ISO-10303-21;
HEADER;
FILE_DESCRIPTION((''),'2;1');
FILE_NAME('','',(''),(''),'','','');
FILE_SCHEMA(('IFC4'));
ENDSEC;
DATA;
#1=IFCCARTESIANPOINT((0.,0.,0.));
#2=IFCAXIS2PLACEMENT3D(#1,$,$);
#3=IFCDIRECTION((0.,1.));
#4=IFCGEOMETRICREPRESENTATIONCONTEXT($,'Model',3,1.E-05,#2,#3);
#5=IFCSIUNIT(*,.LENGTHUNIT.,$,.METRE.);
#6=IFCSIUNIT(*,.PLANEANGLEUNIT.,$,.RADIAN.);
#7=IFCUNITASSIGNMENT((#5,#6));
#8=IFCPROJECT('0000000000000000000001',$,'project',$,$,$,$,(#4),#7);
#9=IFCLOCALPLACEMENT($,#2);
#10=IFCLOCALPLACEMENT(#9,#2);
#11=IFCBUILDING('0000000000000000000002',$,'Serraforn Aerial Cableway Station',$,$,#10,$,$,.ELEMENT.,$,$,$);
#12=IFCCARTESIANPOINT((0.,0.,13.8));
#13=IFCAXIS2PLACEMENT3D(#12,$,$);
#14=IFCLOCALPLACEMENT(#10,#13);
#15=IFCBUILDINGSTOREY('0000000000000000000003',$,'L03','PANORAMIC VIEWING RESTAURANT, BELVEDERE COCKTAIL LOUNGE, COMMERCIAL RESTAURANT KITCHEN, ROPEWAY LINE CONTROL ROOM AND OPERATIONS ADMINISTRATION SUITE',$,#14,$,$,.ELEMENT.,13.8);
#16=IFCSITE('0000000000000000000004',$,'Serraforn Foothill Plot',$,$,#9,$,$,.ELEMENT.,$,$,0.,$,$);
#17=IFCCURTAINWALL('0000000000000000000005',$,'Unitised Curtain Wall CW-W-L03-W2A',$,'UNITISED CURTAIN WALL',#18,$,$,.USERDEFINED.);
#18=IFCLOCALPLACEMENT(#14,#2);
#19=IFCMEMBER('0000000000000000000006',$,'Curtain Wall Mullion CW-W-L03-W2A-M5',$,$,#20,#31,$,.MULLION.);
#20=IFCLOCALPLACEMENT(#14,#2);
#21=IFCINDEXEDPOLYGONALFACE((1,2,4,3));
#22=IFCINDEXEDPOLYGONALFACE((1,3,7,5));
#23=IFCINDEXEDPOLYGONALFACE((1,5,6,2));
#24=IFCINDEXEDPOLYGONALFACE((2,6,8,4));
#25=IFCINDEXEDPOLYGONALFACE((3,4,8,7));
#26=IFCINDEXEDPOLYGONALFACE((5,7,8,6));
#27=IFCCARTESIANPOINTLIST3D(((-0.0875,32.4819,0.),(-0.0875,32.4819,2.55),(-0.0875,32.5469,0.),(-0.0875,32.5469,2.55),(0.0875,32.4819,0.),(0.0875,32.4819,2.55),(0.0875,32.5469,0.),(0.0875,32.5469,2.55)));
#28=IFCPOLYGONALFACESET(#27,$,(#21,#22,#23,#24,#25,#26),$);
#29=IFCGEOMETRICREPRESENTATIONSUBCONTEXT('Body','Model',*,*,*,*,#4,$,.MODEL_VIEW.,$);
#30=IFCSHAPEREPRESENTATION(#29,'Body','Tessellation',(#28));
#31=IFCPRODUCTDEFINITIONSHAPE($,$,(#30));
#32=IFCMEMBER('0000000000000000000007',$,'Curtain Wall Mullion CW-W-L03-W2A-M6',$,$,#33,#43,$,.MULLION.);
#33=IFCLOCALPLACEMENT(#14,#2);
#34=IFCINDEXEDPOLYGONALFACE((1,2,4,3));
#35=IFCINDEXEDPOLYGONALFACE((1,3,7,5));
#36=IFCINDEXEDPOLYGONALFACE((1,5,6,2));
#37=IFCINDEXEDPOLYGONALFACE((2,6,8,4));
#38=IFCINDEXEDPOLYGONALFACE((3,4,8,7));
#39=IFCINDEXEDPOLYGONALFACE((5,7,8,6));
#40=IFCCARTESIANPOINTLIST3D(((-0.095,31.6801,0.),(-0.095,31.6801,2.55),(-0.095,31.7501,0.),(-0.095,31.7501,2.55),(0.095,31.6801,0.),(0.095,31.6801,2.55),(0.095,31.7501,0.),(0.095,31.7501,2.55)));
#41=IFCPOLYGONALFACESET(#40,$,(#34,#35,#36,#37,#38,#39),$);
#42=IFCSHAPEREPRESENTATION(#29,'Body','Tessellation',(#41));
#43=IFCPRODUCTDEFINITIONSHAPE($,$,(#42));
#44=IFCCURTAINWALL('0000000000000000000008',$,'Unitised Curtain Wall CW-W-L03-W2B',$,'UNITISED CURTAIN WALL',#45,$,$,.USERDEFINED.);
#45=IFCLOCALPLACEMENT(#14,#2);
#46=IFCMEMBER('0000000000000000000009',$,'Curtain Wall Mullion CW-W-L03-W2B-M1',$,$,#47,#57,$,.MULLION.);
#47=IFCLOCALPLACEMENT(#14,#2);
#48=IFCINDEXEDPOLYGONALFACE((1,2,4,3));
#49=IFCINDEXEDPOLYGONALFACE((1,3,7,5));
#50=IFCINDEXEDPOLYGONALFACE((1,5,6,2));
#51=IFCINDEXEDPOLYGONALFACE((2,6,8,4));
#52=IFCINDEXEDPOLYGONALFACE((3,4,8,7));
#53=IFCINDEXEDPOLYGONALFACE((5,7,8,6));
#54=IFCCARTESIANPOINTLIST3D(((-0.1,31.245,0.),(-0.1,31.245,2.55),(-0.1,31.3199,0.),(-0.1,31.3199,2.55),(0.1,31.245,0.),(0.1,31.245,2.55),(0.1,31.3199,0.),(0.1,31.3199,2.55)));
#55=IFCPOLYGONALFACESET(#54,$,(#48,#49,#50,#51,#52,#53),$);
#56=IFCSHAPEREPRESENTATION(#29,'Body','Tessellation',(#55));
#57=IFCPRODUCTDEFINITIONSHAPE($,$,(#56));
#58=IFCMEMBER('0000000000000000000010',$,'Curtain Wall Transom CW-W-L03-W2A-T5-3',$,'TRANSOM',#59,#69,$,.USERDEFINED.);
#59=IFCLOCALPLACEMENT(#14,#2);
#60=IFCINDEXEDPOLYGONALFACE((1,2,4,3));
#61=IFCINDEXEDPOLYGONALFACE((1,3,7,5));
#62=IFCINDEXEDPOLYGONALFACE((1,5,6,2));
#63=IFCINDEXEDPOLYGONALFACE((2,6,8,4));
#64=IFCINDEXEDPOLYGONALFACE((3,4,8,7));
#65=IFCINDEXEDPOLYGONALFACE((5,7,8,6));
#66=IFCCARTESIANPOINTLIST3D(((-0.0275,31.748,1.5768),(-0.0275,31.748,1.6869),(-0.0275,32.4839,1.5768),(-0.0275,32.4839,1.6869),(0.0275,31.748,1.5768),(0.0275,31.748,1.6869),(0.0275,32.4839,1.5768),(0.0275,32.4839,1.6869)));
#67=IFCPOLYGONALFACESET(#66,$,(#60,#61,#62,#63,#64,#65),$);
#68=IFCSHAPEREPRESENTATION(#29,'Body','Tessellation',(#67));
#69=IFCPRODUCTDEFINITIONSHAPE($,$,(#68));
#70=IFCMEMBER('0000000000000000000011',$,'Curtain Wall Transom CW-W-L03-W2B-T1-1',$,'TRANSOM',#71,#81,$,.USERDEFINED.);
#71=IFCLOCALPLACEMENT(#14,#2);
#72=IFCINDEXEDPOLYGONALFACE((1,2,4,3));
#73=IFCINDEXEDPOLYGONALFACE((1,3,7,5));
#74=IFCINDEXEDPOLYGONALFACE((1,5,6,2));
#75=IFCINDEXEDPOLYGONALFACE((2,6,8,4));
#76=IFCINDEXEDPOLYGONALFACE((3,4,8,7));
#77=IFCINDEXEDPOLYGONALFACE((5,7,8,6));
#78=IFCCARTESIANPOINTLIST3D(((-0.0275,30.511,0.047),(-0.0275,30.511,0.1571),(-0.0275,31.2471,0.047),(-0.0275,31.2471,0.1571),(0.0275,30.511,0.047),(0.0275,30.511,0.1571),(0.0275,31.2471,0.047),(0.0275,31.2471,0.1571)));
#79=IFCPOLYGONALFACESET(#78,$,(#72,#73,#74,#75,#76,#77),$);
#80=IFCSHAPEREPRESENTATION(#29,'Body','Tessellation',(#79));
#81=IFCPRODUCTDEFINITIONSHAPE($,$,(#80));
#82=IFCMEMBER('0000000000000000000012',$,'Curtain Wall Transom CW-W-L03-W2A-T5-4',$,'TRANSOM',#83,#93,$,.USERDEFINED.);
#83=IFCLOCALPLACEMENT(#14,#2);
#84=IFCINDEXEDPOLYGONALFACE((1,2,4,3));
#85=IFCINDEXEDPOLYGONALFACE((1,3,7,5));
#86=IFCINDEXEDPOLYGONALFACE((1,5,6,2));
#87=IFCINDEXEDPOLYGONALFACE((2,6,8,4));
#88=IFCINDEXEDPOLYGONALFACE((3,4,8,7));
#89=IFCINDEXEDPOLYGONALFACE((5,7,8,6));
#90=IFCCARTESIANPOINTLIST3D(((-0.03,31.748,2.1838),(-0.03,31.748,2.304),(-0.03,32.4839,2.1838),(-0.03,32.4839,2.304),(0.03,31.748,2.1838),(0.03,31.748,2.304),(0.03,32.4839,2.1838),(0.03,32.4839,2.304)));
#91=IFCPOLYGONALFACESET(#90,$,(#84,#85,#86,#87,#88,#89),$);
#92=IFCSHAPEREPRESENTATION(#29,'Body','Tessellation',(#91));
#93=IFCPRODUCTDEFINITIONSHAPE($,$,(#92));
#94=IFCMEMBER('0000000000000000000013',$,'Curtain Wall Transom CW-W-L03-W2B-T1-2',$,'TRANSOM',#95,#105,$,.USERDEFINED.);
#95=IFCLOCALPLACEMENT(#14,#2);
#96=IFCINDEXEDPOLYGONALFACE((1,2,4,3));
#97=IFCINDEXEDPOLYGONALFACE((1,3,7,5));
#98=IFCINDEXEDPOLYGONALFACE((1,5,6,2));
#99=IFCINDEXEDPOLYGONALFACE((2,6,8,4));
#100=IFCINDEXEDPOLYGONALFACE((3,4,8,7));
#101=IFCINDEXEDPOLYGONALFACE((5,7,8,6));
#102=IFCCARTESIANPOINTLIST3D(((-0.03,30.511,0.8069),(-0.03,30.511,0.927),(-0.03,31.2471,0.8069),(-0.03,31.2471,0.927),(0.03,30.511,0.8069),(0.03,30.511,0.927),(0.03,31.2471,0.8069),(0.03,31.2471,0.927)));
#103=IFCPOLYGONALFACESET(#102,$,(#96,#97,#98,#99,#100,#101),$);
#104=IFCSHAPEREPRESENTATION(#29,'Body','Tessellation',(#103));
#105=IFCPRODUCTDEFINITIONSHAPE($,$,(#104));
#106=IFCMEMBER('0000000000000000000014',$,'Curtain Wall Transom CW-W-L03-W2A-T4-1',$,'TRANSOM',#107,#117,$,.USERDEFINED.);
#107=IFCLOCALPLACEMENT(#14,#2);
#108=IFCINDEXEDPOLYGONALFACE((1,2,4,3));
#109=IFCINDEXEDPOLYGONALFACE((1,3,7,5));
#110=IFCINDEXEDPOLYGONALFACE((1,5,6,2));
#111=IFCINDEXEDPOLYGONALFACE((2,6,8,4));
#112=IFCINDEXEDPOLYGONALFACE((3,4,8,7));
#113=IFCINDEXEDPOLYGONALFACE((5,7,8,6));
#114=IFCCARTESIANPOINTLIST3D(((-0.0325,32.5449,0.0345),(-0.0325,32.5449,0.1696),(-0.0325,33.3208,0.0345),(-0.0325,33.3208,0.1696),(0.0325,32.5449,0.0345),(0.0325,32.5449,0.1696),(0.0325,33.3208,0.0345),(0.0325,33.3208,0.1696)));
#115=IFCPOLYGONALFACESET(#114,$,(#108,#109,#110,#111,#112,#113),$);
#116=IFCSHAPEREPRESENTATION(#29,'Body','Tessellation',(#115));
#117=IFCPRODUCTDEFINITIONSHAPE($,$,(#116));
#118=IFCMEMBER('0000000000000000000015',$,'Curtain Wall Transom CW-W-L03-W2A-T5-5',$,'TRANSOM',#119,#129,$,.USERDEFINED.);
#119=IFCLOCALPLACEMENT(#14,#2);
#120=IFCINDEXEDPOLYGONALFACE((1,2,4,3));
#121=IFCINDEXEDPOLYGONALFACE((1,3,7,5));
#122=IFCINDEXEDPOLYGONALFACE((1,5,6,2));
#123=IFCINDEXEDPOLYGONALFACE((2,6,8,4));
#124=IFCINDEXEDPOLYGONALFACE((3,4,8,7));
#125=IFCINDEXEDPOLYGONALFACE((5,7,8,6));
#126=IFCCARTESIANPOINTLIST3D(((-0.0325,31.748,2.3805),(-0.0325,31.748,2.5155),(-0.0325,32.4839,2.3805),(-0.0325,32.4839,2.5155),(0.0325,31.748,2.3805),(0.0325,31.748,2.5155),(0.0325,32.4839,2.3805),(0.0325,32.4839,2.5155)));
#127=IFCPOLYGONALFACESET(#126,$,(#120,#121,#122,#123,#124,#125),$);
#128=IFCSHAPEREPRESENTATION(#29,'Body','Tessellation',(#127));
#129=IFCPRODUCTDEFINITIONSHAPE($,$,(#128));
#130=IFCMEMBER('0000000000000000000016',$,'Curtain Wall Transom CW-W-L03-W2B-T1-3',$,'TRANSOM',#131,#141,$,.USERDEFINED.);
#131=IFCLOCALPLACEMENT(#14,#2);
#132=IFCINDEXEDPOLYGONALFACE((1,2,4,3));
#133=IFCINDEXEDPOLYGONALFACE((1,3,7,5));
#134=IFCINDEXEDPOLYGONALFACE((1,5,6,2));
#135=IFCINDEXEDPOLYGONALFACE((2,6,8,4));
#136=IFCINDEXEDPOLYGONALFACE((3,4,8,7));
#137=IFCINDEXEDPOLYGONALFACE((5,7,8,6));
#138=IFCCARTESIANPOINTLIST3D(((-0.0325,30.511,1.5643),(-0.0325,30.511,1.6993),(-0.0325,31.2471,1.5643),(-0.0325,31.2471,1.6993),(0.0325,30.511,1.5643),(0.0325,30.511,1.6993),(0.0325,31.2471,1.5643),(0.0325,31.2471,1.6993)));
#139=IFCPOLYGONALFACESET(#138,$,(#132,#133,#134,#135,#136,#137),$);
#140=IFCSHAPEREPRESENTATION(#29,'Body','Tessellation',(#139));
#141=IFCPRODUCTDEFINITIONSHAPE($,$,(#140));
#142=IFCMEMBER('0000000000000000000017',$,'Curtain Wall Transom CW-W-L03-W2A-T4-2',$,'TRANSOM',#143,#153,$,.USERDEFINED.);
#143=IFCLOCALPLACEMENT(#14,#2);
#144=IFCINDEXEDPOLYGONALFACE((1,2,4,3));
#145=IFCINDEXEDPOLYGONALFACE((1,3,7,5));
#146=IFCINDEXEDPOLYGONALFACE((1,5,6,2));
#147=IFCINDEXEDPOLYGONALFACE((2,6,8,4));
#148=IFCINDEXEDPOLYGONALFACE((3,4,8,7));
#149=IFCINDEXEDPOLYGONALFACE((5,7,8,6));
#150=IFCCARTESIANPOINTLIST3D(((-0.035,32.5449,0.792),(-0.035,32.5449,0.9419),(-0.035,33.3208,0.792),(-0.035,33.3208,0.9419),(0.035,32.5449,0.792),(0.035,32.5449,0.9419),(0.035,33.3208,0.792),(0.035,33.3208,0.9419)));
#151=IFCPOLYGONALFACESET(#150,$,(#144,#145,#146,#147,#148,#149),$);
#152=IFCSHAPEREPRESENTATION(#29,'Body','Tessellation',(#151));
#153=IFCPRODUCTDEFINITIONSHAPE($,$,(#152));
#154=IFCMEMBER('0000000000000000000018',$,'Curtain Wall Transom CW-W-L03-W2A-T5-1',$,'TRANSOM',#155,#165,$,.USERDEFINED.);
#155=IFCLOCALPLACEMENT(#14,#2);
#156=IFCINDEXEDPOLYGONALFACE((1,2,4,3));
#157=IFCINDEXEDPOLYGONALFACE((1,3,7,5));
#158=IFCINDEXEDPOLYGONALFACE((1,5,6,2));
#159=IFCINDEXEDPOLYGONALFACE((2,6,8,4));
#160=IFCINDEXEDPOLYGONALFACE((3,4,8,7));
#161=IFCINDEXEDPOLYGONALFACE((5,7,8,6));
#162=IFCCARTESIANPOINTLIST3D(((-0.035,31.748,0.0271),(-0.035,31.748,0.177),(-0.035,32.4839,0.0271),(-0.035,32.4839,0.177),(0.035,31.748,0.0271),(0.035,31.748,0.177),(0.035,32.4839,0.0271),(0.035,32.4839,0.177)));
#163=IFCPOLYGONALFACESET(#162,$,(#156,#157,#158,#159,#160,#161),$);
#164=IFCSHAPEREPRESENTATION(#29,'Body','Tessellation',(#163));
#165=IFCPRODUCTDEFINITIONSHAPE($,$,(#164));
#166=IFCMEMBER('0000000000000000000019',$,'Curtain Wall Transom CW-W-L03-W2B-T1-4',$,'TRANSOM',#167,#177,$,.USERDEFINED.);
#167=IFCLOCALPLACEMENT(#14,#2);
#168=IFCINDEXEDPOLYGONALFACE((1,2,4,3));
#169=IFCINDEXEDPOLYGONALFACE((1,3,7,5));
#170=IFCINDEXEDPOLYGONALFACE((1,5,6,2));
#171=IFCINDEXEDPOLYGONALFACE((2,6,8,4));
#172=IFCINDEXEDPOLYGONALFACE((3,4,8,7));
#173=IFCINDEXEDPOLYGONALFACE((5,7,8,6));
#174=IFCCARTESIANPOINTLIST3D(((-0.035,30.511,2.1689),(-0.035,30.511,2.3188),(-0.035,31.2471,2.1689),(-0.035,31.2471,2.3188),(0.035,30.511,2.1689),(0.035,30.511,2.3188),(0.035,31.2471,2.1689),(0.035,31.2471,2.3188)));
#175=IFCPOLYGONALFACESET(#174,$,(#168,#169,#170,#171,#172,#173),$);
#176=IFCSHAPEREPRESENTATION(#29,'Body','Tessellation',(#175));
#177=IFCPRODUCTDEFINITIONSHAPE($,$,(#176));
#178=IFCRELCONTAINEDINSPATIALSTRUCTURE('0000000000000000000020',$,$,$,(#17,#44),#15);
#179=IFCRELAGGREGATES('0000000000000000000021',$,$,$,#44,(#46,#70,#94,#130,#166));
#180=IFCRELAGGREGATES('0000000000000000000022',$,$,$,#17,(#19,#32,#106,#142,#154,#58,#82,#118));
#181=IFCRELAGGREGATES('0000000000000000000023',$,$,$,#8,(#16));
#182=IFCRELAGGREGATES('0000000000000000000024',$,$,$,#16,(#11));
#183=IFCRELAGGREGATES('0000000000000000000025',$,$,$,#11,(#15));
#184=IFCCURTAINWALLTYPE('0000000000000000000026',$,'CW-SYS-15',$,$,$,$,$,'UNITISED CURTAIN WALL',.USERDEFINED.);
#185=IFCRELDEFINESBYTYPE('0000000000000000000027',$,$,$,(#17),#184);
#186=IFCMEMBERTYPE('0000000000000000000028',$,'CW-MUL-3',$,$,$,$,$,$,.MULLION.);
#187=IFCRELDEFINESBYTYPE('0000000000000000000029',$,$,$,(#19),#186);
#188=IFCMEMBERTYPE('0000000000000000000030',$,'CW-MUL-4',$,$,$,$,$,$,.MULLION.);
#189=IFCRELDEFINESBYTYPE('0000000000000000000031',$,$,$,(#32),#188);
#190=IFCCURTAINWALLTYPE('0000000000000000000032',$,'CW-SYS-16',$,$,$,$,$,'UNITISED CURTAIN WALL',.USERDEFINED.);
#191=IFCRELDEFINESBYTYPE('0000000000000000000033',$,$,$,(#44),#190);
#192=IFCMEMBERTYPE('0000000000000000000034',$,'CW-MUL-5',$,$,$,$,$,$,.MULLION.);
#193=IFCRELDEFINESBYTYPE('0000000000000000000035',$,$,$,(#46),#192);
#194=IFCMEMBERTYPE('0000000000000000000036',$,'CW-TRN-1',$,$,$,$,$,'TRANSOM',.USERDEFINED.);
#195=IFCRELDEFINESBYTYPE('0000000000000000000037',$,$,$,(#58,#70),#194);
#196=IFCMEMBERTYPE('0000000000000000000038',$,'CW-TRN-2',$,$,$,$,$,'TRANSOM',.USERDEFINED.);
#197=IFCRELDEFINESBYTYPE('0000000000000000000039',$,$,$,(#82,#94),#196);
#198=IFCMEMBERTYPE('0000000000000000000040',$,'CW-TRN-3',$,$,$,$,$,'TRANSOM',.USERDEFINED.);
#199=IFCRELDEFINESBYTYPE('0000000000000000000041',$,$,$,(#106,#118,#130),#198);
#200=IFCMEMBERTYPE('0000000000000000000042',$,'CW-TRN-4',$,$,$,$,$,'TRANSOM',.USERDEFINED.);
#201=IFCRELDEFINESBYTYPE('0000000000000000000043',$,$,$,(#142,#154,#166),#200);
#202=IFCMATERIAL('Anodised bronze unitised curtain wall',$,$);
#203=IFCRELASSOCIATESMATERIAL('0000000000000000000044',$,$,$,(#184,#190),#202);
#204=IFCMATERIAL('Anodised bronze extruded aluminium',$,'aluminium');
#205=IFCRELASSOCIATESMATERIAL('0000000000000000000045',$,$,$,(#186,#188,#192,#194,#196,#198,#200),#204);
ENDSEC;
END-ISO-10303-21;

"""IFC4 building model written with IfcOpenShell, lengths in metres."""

from ifc_helpers import new_model, si_unit, direction, frame, origin, origin_2d, place, context, subcontext, project, spatial, rectangle, extrude, material, material_profile, profile_set, type_object, element, aggregate, save


model = new_model("IFC4")

# Units and contexts
model_context = context("Model", 3, precision=1e-05, world=origin(), true_north=direction((0.0, 1.0)))
body_context = subcontext(model_context, "Body", "Model", "MODEL_VIEW")
ifc_project = project(units=[si_unit("LENGTHUNIT", "METRE"), si_unit("PLANEANGLEUNIT", "RADIAN")], contexts=[model_context])

# Site, building, storey
site_placement = place(None, origin())
site = spatial("IfcSite", under=ifc_project, at=site_placement, Name="Serraforn Foothill Plot", CompositionType="ELEMENT", RefElevation=0.0)
building_placement = place(site_placement, origin())
building = spatial("IfcBuilding", under=site, at=building_placement, Name="Serraforn Aerial Cableway Station", CompositionType="ELEMENT")
storey_placement = place(building_placement, frame((0.0, 0.0, 13.8)))
storey = spatial("IfcBuildingStorey", under=building, at=storey_placement, Name="L03", Description="PANORAMIC VIEWING RESTAURANT, BELVEDERE COCKTAIL LOUNGE, COMMERCIAL RESTAURANT KITCHEN, ROPEWAY LINE CONTROL ROOM AND OPERATIONS ADMINISTRATION SUITE", CompositionType="ELEMENT", Elevation=13.8)

# Curtain wall, members
ifc_material_1 = material(Name="Anodised bronze unitised curtain wall")
curtain_wall_type_1 = type_object("IfcCurtainWallType", Name="CW-SYS-15", ElementType="UNITISED CURTAIN WALL", PredefinedType="USERDEFINED", material=ifc_material_1)
curtain_wall_1_placement = place(storey_placement, origin())
curtain_wall_1 = element("IfcCurtainWall", 1, at=curtain_wall_1_placement, inside=storey, type_object=curtain_wall_type_1, Name="Unitised Curtain Wall CW-W-L03-W2A", ObjectType="UNITISED CURTAIN WALL", PredefinedType="USERDEFINED")
ifc_material_2 = material(Name="Anodised bronze extruded aluminium", Category="aluminium")
ifc_material_profile_1 = material_profile(ifc_material_2, rectangle(XDim=0.0649, YDim=0.175, at=origin_2d()), Name="CW MULLION 65x175")
ifc_profile_set_1 = profile_set([ifc_material_profile_1], Name="Anodised bronze extruded aluminium")
member_type_1 = type_object("IfcMemberType", Name="CW-MUL-3", PredefinedType="MULLION", material=ifc_profile_set_1)
member_1_placement = place(storey_placement, frame((0.0, 32.5144, 0.0), z_axis=(0.0, 0.0, 1.0), x_axis=(0.0, -1.0, 0.0)))
member_1 = element("IfcMember", 2, at=member_1_placement, type_object=member_type_1, Name="Curtain Wall Mullion CW-W-L03-W2A-M5", PredefinedType="MULLION", context=body_context, shape_type="SweptSolid", body=[
    extrude(rectangle(XDim=0.0649, YDim=0.175, at=origin_2d()), origin(), (0.0, 0.0, 1.0), 2.55),
])
ifc_material_profile_2 = material_profile(ifc_material_2, rectangle(XDim=0.0701, YDim=0.1899, at=origin_2d()), Name="CW MULLION 70x190")
ifc_profile_set_2 = profile_set([ifc_material_profile_2], Name="Anodised bronze extruded aluminium")
member_type_2 = type_object("IfcMemberType", Name="CW-MUL-4", PredefinedType="MULLION", material=ifc_profile_set_2)
member_2_placement = place(storey_placement, frame((0.0, 31.7151, 0.0), z_axis=(0.0, 0.0, 1.0), x_axis=(0.0, -1.0, 0.0)))
member_2 = element("IfcMember", 3, at=member_2_placement, type_object=member_type_2, Name="Curtain Wall Mullion CW-W-L03-W2A-M6", PredefinedType="MULLION", context=body_context, shape_type="SweptSolid", body=[
    extrude(rectangle(XDim=0.0701, YDim=0.1899, at=origin_2d()), origin(), (0.0, 0.0, 1.0), 2.55),
])

# Curtain wall, member
curtain_wall_type_2 = type_object("IfcCurtainWallType", Name="CW-SYS-16", ElementType="UNITISED CURTAIN WALL", PredefinedType="USERDEFINED", material=ifc_material_1)
curtain_wall_2_placement = place(storey_placement, origin())
curtain_wall_2 = element("IfcCurtainWall", 4, at=curtain_wall_2_placement, inside=storey, type_object=curtain_wall_type_2, Name="Unitised Curtain Wall CW-W-L03-W2B", ObjectType="UNITISED CURTAIN WALL", PredefinedType="USERDEFINED")
ifc_material_profile_3 = material_profile(ifc_material_2, rectangle(XDim=0.075, YDim=0.2, at=origin_2d()), Name="CW MULLION 75x200")
ifc_profile_set_3 = profile_set([ifc_material_profile_3], Name="Anodised bronze extruded aluminium")
member_type_3 = type_object("IfcMemberType", Name="CW-MUL-5", PredefinedType="MULLION", material=ifc_profile_set_3)
member_3_placement = place(storey_placement, frame((0.0, 31.2825, 0.0), z_axis=(0.0, 0.0, 1.0), x_axis=(0.0, -1.0, 0.0)))
member_3 = element("IfcMember", 5, at=member_3_placement, type_object=member_type_3, Name="Curtain Wall Mullion CW-W-L03-W2B-M1", PredefinedType="MULLION", context=body_context, shape_type="SweptSolid", body=[
    extrude(rectangle(XDim=0.075, YDim=0.2, at=origin_2d()), origin(), (0.0, 0.0, 1.0), 2.55),
])

# Members
ifc_material_profile_4 = material_profile(ifc_material_2, rectangle(XDim=0.0549, YDim=0.1101, at=origin_2d()), Name="CW TRANSOM 55x110")
ifc_profile_set_4 = profile_set([ifc_material_profile_4], Name="Anodised bronze extruded aluminium")
member_type_4 = type_object("IfcMemberType", Name="CW-TRN-1", ElementType="TRANSOM", PredefinedType="USERDEFINED", material=ifc_profile_set_4)
member_4_placement = place(storey_placement, frame((0.0, 32.4839, 1.6318), z_axis=(0.0, -1.0, 0.0), x_axis=(1.0, 0.0, 0.0)))
member_4 = element("IfcMember", 6, at=member_4_placement, type_object=member_type_4, Name="Curtain Wall Transom CW-W-L03-W2A-T5-3", ObjectType="TRANSOM", PredefinedType="USERDEFINED", context=body_context, shape_type="SweptSolid", body=[
    extrude(rectangle(XDim=0.0549, YDim=0.1101, at=origin_2d()), origin(), (0.0, 0.0, 1.0), 0.7358),
])
member_5_placement = place(storey_placement, frame((0.0, 31.2471, 0.1021), z_axis=(0.0, -1.0, 0.0), x_axis=(1.0, 0.0, 0.0)))
member_5 = element("IfcMember", 7, at=member_5_placement, type_object=member_type_4, Name="Curtain Wall Transom CW-W-L03-W2B-T1-1", ObjectType="TRANSOM", PredefinedType="USERDEFINED", context=body_context, shape_type="SweptSolid", body=[
    extrude(rectangle(XDim=0.0549, YDim=0.1101, at=origin_2d()), origin(), (0.0, 0.0, 1.0), 0.7361),
])
ifc_material_profile_5 = material_profile(ifc_material_2, rectangle(XDim=0.0601, YDim=0.1201, at=origin_2d()), Name="CW TRANSOM 60x120")
ifc_profile_set_5 = profile_set([ifc_material_profile_5], Name="Anodised bronze extruded aluminium")
member_type_5 = type_object("IfcMemberType", Name="CW-TRN-2", ElementType="TRANSOM", PredefinedType="USERDEFINED", material=ifc_profile_set_5)
member_6_placement = place(storey_placement, frame((0.0, 32.4839, 2.2439), z_axis=(0.0, -1.0, 0.0), x_axis=(1.0, 0.0, 0.0)))
member_6 = element("IfcMember", 8, at=member_6_placement, type_object=member_type_5, Name="Curtain Wall Transom CW-W-L03-W2A-T5-4", ObjectType="TRANSOM", PredefinedType="USERDEFINED", context=body_context, shape_type="SweptSolid", body=[
    extrude(rectangle(XDim=0.0601, YDim=0.1201, at=origin_2d()), origin(), (0.0, 0.0, 1.0), 0.7358),
])
member_7_placement = place(storey_placement, frame((0.0, 31.2471, 0.8669), z_axis=(0.0, -1.0, 0.0), x_axis=(1.0, 0.0, 0.0)))
member_7 = element("IfcMember", 9, at=member_7_placement, type_object=member_type_5, Name="Curtain Wall Transom CW-W-L03-W2B-T1-2", ObjectType="TRANSOM", PredefinedType="USERDEFINED", context=body_context, shape_type="SweptSolid", body=[
    extrude(rectangle(XDim=0.0601, YDim=0.1201, at=origin_2d()), origin(), (0.0, 0.0, 1.0), 0.7361),
])
ifc_material_profile_6 = material_profile(ifc_material_2, rectangle(XDim=0.0649, YDim=0.135, at=origin_2d()), Name="CW TRANSOM 65x135")
ifc_profile_set_6 = profile_set([ifc_material_profile_6], Name="Anodised bronze extruded aluminium")
member_type_6 = type_object("IfcMemberType", Name="CW-TRN-3", ElementType="TRANSOM", PredefinedType="USERDEFINED", material=ifc_profile_set_6)
member_8_placement = place(storey_placement, frame((0.0, 33.3208, 0.1021), z_axis=(0.0, -1.0, 0.0), x_axis=(1.0, 0.0, 0.0)))
member_8 = element("IfcMember", 10, at=member_8_placement, type_object=member_type_6, Name="Curtain Wall Transom CW-W-L03-W2A-T4-1", ObjectType="TRANSOM", PredefinedType="USERDEFINED", context=body_context, shape_type="SweptSolid", body=[
    extrude(rectangle(XDim=0.0649, YDim=0.135, at=origin_2d()), origin(), (0.0, 0.0, 1.0), 0.7759),
])
member_9_placement = place(storey_placement, frame((0.0, 32.4839, 2.448), z_axis=(0.0, -1.0, 0.0), x_axis=(1.0, 0.0, 0.0)))
member_9 = element("IfcMember", 11, at=member_9_placement, type_object=member_type_6, Name="Curtain Wall Transom CW-W-L03-W2A-T5-5", ObjectType="TRANSOM", PredefinedType="USERDEFINED", context=body_context, shape_type="SweptSolid", body=[
    extrude(rectangle(XDim=0.0649, YDim=0.135, at=origin_2d()), origin(), (0.0, 0.0, 1.0), 0.7358),
])
member_10_placement = place(storey_placement, frame((0.0, 31.2471, 1.6318), z_axis=(0.0, -1.0, 0.0), x_axis=(1.0, 0.0, 0.0)))
member_10 = element("IfcMember", 12, at=member_10_placement, type_object=member_type_6, Name="Curtain Wall Transom CW-W-L03-W2B-T1-3", ObjectType="TRANSOM", PredefinedType="USERDEFINED", context=body_context, shape_type="SweptSolid", body=[
    extrude(rectangle(XDim=0.0649, YDim=0.135, at=origin_2d()), origin(), (0.0, 0.0, 1.0), 0.7361),
])
ifc_material_profile_7 = material_profile(ifc_material_2, rectangle(XDim=0.0701, YDim=0.1499, at=origin_2d()), Name="CW TRANSOM 70x150")
ifc_profile_set_7 = profile_set([ifc_material_profile_7], Name="Anodised bronze extruded aluminium")
member_type_7 = type_object("IfcMemberType", Name="CW-TRN-4", ElementType="TRANSOM", PredefinedType="USERDEFINED", material=ifc_profile_set_7)
member_11_placement = place(storey_placement, frame((0.0, 33.3208, 0.8669), z_axis=(0.0, -1.0, 0.0), x_axis=(1.0, 0.0, 0.0)))
member_11 = element("IfcMember", 13, at=member_11_placement, type_object=member_type_7, Name="Curtain Wall Transom CW-W-L03-W2A-T4-2", ObjectType="TRANSOM", PredefinedType="USERDEFINED", context=body_context, shape_type="SweptSolid", body=[
    extrude(rectangle(XDim=0.0701, YDim=0.1499, at=origin_2d()), origin(), (0.0, 0.0, 1.0), 0.7759),
])
member_12_placement = place(storey_placement, frame((0.0, 32.4839, 0.1021), z_axis=(0.0, -1.0, 0.0), x_axis=(1.0, 0.0, 0.0)))
member_12 = element("IfcMember", 14, at=member_12_placement, type_object=member_type_7, Name="Curtain Wall Transom CW-W-L03-W2A-T5-1", ObjectType="TRANSOM", PredefinedType="USERDEFINED", context=body_context, shape_type="SweptSolid", body=[
    extrude(rectangle(XDim=0.0701, YDim=0.1499, at=origin_2d()), origin(), (0.0, 0.0, 1.0), 0.7358),
])
member_13_placement = place(storey_placement, frame((0.0, 31.2471, 2.2439), z_axis=(0.0, -1.0, 0.0), x_axis=(1.0, 0.0, 0.0)))
member_13 = element("IfcMember", 15, at=member_13_placement, type_object=member_type_7, Name="Curtain Wall Transom CW-W-L03-W2B-T1-4", ObjectType="TRANSOM", PredefinedType="USERDEFINED", context=body_context, shape_type="SweptSolid", body=[
    extrude(rectangle(XDim=0.0701, YDim=0.1499, at=origin_2d()), origin(), (0.0, 0.0, 1.0), 0.7361),
])
aggregate(curtain_wall_2, [member_3, member_5, member_7, member_10, member_13])

aggregate(curtain_wall_1, [member_1, member_2, member_8, member_11, member_12, member_4, member_6, member_9])

save(model, "model.ifc")
